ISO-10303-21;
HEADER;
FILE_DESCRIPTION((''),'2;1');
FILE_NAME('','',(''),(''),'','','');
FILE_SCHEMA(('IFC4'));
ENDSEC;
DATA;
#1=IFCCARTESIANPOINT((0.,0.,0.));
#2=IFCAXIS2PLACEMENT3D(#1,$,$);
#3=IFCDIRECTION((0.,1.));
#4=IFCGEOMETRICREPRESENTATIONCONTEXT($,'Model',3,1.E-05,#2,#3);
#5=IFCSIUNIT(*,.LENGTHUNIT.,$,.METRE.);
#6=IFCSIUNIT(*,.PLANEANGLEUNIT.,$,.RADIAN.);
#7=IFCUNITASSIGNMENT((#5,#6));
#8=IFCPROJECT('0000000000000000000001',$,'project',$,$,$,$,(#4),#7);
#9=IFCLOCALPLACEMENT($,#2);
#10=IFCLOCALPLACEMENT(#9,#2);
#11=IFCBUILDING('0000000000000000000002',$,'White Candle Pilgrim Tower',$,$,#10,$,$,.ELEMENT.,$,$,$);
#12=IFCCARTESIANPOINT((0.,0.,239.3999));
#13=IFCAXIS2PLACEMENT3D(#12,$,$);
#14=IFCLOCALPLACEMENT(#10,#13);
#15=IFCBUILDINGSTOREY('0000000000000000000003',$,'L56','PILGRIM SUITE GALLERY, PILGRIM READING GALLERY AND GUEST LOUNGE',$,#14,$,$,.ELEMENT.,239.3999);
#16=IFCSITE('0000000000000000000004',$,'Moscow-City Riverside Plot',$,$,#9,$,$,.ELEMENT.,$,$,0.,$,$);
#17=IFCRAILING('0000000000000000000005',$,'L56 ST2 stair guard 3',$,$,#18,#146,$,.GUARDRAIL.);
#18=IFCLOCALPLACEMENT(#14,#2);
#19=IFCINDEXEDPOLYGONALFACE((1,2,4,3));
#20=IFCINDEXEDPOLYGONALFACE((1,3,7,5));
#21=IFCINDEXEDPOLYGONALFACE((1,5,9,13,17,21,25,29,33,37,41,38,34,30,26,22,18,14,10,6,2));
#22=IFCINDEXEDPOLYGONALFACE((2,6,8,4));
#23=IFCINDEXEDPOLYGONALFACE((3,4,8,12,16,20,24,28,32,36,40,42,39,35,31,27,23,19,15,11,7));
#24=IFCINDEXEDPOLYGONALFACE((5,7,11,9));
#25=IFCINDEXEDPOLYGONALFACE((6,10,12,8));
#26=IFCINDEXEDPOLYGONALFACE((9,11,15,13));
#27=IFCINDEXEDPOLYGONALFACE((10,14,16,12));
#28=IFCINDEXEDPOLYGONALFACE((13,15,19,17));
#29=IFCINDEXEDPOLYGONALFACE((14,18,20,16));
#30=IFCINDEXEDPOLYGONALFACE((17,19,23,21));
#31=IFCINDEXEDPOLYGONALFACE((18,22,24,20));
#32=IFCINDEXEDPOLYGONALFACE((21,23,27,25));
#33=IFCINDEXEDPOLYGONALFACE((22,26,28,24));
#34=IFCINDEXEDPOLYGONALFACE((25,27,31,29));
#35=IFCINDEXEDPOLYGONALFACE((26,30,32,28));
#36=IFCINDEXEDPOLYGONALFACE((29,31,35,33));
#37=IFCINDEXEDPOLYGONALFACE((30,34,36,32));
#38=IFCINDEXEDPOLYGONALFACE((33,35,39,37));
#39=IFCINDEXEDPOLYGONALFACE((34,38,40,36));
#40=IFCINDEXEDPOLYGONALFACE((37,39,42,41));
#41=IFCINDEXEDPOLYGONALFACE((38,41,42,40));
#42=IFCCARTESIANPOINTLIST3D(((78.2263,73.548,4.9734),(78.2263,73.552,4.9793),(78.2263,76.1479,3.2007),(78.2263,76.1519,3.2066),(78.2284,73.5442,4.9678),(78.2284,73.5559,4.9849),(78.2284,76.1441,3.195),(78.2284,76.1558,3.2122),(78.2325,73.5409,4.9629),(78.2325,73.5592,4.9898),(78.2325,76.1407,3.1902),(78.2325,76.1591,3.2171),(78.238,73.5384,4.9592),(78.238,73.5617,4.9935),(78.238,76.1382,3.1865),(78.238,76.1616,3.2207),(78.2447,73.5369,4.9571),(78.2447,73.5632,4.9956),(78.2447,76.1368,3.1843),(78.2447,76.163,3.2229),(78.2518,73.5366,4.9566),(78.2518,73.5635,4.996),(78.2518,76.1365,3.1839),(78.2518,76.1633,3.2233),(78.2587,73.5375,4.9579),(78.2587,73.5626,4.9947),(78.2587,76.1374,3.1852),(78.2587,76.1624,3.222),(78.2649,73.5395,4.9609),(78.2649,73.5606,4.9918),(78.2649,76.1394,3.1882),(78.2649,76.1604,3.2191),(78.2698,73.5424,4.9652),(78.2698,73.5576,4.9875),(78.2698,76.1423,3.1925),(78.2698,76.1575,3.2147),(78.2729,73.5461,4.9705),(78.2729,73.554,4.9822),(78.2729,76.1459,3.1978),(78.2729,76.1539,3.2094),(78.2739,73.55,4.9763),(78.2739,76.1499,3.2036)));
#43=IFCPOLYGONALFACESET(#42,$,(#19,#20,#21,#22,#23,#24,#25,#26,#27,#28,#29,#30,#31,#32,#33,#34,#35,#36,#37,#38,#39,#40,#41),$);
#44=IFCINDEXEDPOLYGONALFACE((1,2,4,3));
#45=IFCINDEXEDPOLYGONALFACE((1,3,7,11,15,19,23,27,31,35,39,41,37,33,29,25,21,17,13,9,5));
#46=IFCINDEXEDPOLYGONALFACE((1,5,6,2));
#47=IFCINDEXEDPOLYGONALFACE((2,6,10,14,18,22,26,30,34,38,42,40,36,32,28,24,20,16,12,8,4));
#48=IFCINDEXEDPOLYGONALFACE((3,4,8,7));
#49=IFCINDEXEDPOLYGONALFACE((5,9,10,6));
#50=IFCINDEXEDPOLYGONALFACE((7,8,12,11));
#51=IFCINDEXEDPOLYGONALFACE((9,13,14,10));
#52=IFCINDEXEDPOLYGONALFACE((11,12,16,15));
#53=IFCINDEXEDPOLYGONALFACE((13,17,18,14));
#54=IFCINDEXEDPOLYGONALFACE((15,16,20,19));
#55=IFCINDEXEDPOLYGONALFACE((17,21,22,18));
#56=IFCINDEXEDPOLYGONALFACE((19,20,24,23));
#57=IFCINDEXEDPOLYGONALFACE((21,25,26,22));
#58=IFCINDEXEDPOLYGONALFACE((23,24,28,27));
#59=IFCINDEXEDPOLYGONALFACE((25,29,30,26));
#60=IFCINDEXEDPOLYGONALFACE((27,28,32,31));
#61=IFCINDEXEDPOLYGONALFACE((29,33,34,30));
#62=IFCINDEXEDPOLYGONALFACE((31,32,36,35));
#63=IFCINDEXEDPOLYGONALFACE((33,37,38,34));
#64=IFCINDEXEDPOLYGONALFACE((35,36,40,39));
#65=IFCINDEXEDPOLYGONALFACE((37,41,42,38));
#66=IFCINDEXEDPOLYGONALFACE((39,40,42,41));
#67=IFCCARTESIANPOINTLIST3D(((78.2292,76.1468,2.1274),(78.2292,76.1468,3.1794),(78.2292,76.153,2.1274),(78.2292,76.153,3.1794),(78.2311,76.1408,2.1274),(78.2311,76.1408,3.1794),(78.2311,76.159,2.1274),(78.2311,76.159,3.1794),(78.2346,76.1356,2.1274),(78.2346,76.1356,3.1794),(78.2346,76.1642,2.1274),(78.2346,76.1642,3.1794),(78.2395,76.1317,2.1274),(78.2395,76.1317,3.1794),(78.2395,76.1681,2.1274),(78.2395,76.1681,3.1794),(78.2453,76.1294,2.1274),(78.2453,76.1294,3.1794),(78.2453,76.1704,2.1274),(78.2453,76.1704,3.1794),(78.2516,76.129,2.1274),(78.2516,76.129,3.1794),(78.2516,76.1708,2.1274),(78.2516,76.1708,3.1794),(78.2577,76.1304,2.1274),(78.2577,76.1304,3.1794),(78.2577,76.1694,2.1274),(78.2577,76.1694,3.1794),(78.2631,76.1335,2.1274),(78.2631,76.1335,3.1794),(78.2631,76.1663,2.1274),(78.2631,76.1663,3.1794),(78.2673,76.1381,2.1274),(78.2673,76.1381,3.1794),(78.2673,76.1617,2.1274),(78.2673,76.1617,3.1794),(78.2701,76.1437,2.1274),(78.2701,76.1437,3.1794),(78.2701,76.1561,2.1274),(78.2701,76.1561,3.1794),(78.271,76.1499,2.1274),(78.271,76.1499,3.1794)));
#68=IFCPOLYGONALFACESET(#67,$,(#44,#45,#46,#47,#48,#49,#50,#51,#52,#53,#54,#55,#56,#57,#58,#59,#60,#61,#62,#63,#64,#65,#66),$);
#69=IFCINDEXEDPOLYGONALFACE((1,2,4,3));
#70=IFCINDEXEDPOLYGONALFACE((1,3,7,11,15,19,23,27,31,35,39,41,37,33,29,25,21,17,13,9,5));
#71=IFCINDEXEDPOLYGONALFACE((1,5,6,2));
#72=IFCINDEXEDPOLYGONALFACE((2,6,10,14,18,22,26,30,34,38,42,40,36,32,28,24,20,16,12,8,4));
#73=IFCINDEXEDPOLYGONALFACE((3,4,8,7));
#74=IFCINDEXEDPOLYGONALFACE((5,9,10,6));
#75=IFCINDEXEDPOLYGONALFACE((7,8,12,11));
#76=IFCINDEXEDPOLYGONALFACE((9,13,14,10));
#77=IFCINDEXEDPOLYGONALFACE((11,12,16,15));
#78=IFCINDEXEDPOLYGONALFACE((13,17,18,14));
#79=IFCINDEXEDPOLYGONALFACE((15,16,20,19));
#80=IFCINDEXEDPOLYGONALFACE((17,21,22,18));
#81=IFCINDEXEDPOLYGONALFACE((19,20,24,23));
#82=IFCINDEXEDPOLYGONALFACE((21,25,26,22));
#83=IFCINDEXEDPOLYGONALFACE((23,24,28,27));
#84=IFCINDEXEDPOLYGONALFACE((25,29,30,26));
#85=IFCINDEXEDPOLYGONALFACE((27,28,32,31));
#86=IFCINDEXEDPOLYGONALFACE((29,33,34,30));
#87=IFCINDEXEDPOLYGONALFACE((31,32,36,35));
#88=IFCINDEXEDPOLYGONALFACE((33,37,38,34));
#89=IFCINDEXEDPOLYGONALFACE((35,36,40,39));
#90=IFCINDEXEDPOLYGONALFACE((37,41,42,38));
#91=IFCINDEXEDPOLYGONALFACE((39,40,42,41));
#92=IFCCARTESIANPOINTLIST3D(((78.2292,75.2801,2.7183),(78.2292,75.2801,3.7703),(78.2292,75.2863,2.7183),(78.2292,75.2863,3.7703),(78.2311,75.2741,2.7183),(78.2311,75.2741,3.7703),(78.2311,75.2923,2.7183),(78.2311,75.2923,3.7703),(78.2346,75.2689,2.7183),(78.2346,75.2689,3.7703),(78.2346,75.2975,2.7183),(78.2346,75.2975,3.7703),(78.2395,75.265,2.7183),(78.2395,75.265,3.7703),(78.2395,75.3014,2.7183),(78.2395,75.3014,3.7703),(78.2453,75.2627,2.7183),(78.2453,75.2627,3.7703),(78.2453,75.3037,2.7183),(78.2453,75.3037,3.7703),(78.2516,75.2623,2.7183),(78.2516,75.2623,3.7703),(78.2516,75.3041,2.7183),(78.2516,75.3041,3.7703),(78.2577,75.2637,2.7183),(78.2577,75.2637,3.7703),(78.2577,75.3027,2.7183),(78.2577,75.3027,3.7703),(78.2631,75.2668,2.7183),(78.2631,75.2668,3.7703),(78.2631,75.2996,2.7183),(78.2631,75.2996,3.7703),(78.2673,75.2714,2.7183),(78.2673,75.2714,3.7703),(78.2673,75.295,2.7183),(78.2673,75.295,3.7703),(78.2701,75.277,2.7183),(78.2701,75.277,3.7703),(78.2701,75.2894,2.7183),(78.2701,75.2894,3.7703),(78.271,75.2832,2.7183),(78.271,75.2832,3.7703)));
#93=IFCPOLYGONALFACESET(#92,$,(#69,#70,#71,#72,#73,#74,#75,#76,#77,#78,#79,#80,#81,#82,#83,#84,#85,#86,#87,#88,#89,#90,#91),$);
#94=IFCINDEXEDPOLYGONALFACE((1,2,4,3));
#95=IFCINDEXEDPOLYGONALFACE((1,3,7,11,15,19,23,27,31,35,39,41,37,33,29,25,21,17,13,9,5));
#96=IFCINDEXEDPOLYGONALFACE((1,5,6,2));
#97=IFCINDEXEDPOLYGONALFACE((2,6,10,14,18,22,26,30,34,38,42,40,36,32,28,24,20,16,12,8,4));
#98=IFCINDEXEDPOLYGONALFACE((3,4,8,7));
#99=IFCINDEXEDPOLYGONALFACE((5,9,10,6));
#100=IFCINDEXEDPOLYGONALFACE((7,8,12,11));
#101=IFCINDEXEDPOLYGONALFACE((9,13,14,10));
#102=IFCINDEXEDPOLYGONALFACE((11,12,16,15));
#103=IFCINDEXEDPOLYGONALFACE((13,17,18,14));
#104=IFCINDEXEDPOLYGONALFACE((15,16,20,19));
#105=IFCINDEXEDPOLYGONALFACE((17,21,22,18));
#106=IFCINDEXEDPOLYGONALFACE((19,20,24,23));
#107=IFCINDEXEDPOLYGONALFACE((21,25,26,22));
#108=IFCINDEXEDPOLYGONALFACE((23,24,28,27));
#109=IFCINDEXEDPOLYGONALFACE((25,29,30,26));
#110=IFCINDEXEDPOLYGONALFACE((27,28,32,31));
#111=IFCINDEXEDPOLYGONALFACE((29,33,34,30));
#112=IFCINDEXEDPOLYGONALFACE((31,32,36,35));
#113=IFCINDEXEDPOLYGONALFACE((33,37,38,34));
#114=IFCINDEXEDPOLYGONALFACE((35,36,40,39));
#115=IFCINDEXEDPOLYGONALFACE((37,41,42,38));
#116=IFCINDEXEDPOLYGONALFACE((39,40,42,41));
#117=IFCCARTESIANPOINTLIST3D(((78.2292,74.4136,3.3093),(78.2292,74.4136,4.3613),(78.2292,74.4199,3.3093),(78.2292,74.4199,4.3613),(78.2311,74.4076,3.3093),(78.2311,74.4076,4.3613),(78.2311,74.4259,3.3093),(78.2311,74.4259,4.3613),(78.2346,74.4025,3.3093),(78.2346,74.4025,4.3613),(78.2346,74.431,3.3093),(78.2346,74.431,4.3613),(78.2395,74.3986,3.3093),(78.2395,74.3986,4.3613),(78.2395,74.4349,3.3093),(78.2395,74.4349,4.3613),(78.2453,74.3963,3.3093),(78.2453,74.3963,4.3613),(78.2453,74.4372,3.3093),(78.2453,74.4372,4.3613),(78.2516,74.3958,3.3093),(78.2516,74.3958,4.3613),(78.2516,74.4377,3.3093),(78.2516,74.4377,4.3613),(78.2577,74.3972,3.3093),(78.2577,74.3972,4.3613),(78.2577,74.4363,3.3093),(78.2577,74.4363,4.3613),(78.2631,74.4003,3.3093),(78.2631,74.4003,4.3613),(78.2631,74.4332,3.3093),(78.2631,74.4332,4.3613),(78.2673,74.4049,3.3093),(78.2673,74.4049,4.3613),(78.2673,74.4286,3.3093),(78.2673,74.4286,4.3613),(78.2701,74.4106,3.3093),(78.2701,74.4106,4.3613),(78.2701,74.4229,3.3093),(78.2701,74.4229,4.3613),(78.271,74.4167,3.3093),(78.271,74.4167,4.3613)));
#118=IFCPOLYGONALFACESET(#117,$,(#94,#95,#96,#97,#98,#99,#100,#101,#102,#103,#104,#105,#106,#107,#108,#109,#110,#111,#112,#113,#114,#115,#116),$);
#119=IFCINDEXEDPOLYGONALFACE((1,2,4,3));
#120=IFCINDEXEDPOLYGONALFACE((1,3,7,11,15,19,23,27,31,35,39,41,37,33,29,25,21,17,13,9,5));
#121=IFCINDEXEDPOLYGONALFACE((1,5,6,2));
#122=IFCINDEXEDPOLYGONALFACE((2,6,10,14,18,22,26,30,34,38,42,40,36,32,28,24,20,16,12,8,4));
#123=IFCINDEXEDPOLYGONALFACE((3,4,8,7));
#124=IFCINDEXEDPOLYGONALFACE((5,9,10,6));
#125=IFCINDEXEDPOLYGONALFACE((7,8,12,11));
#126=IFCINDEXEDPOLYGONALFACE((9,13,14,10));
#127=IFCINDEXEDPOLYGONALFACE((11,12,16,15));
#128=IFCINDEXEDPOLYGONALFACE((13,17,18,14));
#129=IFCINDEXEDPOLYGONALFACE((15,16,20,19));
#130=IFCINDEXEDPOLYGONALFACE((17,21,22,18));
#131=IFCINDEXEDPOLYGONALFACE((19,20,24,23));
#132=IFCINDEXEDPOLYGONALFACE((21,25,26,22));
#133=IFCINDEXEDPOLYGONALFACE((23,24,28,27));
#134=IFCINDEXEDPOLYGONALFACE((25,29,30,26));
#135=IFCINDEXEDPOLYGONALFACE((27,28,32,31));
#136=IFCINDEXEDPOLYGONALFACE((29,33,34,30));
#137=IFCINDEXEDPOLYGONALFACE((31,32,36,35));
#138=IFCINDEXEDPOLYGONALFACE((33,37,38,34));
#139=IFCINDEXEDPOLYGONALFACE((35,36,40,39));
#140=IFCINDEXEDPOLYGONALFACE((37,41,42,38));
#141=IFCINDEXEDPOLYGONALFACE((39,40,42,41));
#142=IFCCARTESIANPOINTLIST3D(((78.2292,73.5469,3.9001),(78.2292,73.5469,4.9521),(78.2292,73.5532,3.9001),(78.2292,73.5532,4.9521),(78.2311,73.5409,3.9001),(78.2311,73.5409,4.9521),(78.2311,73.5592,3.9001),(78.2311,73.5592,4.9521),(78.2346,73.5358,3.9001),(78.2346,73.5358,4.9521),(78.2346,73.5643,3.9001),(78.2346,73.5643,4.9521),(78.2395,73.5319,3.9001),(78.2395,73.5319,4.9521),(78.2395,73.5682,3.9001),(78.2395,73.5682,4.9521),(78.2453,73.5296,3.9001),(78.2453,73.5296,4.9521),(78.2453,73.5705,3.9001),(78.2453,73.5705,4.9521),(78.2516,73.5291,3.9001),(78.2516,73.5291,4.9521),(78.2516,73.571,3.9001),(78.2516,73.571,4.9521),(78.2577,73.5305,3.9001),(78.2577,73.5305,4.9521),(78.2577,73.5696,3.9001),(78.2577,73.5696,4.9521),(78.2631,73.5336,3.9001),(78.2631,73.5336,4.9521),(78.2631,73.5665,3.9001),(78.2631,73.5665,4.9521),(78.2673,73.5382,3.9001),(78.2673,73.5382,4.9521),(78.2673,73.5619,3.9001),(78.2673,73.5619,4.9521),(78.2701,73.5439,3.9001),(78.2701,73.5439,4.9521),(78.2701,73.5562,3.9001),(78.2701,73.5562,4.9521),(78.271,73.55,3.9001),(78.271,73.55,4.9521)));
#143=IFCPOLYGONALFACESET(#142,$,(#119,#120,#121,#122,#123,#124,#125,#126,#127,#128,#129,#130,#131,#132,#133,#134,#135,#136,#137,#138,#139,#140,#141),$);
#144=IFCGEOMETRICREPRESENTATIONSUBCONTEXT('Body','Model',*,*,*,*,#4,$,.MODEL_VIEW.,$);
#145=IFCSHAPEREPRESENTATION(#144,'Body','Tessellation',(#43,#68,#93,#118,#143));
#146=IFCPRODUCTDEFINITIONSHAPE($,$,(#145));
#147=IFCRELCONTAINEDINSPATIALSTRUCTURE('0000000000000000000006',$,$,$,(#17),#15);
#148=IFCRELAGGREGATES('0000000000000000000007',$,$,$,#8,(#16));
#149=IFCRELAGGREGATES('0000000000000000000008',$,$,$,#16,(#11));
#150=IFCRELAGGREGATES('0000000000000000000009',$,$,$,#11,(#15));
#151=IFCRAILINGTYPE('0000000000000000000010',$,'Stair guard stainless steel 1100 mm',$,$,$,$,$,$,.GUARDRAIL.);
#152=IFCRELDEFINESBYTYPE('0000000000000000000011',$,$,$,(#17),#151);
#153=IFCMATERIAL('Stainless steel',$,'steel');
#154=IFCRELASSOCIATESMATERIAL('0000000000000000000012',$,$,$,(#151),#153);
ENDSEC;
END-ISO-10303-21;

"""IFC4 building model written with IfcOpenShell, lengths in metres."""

from ifc_helpers import new_model, si_unit, direction, frame, origin, origin_2d, place, context, subcontext, project, spatial, circle, extrude, material, type_object, element, save


model = new_model("IFC4")

# Units and contexts
model_context = context("Model", 3, precision=1e-05, world=origin(), true_north=direction((0.0, 1.0)))
body_context = subcontext(model_context, "Body", "Model", "MODEL_VIEW")
ifc_project = project(units=[si_unit("LENGTHUNIT", "METRE"), si_unit("PLANEANGLEUNIT", "RADIAN")], contexts=[model_context])

# Site, building, storey
site_placement = place(None, origin())
site = spatial("IfcSite", under=ifc_project, at=site_placement, Name="Moscow-City Riverside Plot", CompositionType="ELEMENT", RefElevation=0.0)
building_placement = place(site_placement, origin())
building = spatial("IfcBuilding", under=site, at=building_placement, Name="White Candle Pilgrim Tower", CompositionType="ELEMENT")
storey_placement = place(building_placement, frame((0.0, 0.0, 239.3999)))
storey = spatial("IfcBuildingStorey", under=building, at=storey_placement, Name="L56", Description="PILGRIM SUITE GALLERY, PILGRIM READING GALLERY AND GUEST LOUNGE", CompositionType="ELEMENT", Elevation=239.3999)

# Railing
ifc_material_1 = material(Name="Stainless steel", Category="steel")
railing_type_1 = type_object("IfcRailingType", Name="Stair guard stainless steel 1100 mm", PredefinedType="GUARDRAIL", material=ifc_material_1)
railing_1_placement = place(storey_placement, frame((78.25, 76.1499, 2.1274)))
element("IfcRailing", 1, at=railing_1_placement, inside=storey, type_object=railing_type_1, Name="L56 ST2 stair guard 3", PredefinedType="GUARDRAIL", context=body_context, shape_type="SweptSolid", body=[
    extrude(circle(Radius=0.0239, at=origin_2d()), frame((0.0, 0.0, 1.0762), z_axis=(0.0, -0.826216, 0.563354), x_axis=(1.0, 0.0, 0.0)), (0.0, 0.0, 1.0), 3.1467),
    extrude(circle(Radius=0.021, at=origin_2d()), origin(), (0.0, 0.0, 1.0), 1.052),
    extrude(circle(Radius=0.021, at=origin_2d()), frame((0.0, -0.8667, 0.5908)), (0.0, 0.0, 1.0), 1.052),
    extrude(circle(Radius=0.021, at=origin_2d()), frame((0.0, -1.7332, 1.1819)), (0.0, 0.0, 1.0), 1.052),
    extrude(circle(Radius=0.021, at=origin_2d()), frame((0.0, -2.5999, 1.7727)), (0.0, 0.0, 1.0), 1.052),
])

save(model, "model.ifc")
